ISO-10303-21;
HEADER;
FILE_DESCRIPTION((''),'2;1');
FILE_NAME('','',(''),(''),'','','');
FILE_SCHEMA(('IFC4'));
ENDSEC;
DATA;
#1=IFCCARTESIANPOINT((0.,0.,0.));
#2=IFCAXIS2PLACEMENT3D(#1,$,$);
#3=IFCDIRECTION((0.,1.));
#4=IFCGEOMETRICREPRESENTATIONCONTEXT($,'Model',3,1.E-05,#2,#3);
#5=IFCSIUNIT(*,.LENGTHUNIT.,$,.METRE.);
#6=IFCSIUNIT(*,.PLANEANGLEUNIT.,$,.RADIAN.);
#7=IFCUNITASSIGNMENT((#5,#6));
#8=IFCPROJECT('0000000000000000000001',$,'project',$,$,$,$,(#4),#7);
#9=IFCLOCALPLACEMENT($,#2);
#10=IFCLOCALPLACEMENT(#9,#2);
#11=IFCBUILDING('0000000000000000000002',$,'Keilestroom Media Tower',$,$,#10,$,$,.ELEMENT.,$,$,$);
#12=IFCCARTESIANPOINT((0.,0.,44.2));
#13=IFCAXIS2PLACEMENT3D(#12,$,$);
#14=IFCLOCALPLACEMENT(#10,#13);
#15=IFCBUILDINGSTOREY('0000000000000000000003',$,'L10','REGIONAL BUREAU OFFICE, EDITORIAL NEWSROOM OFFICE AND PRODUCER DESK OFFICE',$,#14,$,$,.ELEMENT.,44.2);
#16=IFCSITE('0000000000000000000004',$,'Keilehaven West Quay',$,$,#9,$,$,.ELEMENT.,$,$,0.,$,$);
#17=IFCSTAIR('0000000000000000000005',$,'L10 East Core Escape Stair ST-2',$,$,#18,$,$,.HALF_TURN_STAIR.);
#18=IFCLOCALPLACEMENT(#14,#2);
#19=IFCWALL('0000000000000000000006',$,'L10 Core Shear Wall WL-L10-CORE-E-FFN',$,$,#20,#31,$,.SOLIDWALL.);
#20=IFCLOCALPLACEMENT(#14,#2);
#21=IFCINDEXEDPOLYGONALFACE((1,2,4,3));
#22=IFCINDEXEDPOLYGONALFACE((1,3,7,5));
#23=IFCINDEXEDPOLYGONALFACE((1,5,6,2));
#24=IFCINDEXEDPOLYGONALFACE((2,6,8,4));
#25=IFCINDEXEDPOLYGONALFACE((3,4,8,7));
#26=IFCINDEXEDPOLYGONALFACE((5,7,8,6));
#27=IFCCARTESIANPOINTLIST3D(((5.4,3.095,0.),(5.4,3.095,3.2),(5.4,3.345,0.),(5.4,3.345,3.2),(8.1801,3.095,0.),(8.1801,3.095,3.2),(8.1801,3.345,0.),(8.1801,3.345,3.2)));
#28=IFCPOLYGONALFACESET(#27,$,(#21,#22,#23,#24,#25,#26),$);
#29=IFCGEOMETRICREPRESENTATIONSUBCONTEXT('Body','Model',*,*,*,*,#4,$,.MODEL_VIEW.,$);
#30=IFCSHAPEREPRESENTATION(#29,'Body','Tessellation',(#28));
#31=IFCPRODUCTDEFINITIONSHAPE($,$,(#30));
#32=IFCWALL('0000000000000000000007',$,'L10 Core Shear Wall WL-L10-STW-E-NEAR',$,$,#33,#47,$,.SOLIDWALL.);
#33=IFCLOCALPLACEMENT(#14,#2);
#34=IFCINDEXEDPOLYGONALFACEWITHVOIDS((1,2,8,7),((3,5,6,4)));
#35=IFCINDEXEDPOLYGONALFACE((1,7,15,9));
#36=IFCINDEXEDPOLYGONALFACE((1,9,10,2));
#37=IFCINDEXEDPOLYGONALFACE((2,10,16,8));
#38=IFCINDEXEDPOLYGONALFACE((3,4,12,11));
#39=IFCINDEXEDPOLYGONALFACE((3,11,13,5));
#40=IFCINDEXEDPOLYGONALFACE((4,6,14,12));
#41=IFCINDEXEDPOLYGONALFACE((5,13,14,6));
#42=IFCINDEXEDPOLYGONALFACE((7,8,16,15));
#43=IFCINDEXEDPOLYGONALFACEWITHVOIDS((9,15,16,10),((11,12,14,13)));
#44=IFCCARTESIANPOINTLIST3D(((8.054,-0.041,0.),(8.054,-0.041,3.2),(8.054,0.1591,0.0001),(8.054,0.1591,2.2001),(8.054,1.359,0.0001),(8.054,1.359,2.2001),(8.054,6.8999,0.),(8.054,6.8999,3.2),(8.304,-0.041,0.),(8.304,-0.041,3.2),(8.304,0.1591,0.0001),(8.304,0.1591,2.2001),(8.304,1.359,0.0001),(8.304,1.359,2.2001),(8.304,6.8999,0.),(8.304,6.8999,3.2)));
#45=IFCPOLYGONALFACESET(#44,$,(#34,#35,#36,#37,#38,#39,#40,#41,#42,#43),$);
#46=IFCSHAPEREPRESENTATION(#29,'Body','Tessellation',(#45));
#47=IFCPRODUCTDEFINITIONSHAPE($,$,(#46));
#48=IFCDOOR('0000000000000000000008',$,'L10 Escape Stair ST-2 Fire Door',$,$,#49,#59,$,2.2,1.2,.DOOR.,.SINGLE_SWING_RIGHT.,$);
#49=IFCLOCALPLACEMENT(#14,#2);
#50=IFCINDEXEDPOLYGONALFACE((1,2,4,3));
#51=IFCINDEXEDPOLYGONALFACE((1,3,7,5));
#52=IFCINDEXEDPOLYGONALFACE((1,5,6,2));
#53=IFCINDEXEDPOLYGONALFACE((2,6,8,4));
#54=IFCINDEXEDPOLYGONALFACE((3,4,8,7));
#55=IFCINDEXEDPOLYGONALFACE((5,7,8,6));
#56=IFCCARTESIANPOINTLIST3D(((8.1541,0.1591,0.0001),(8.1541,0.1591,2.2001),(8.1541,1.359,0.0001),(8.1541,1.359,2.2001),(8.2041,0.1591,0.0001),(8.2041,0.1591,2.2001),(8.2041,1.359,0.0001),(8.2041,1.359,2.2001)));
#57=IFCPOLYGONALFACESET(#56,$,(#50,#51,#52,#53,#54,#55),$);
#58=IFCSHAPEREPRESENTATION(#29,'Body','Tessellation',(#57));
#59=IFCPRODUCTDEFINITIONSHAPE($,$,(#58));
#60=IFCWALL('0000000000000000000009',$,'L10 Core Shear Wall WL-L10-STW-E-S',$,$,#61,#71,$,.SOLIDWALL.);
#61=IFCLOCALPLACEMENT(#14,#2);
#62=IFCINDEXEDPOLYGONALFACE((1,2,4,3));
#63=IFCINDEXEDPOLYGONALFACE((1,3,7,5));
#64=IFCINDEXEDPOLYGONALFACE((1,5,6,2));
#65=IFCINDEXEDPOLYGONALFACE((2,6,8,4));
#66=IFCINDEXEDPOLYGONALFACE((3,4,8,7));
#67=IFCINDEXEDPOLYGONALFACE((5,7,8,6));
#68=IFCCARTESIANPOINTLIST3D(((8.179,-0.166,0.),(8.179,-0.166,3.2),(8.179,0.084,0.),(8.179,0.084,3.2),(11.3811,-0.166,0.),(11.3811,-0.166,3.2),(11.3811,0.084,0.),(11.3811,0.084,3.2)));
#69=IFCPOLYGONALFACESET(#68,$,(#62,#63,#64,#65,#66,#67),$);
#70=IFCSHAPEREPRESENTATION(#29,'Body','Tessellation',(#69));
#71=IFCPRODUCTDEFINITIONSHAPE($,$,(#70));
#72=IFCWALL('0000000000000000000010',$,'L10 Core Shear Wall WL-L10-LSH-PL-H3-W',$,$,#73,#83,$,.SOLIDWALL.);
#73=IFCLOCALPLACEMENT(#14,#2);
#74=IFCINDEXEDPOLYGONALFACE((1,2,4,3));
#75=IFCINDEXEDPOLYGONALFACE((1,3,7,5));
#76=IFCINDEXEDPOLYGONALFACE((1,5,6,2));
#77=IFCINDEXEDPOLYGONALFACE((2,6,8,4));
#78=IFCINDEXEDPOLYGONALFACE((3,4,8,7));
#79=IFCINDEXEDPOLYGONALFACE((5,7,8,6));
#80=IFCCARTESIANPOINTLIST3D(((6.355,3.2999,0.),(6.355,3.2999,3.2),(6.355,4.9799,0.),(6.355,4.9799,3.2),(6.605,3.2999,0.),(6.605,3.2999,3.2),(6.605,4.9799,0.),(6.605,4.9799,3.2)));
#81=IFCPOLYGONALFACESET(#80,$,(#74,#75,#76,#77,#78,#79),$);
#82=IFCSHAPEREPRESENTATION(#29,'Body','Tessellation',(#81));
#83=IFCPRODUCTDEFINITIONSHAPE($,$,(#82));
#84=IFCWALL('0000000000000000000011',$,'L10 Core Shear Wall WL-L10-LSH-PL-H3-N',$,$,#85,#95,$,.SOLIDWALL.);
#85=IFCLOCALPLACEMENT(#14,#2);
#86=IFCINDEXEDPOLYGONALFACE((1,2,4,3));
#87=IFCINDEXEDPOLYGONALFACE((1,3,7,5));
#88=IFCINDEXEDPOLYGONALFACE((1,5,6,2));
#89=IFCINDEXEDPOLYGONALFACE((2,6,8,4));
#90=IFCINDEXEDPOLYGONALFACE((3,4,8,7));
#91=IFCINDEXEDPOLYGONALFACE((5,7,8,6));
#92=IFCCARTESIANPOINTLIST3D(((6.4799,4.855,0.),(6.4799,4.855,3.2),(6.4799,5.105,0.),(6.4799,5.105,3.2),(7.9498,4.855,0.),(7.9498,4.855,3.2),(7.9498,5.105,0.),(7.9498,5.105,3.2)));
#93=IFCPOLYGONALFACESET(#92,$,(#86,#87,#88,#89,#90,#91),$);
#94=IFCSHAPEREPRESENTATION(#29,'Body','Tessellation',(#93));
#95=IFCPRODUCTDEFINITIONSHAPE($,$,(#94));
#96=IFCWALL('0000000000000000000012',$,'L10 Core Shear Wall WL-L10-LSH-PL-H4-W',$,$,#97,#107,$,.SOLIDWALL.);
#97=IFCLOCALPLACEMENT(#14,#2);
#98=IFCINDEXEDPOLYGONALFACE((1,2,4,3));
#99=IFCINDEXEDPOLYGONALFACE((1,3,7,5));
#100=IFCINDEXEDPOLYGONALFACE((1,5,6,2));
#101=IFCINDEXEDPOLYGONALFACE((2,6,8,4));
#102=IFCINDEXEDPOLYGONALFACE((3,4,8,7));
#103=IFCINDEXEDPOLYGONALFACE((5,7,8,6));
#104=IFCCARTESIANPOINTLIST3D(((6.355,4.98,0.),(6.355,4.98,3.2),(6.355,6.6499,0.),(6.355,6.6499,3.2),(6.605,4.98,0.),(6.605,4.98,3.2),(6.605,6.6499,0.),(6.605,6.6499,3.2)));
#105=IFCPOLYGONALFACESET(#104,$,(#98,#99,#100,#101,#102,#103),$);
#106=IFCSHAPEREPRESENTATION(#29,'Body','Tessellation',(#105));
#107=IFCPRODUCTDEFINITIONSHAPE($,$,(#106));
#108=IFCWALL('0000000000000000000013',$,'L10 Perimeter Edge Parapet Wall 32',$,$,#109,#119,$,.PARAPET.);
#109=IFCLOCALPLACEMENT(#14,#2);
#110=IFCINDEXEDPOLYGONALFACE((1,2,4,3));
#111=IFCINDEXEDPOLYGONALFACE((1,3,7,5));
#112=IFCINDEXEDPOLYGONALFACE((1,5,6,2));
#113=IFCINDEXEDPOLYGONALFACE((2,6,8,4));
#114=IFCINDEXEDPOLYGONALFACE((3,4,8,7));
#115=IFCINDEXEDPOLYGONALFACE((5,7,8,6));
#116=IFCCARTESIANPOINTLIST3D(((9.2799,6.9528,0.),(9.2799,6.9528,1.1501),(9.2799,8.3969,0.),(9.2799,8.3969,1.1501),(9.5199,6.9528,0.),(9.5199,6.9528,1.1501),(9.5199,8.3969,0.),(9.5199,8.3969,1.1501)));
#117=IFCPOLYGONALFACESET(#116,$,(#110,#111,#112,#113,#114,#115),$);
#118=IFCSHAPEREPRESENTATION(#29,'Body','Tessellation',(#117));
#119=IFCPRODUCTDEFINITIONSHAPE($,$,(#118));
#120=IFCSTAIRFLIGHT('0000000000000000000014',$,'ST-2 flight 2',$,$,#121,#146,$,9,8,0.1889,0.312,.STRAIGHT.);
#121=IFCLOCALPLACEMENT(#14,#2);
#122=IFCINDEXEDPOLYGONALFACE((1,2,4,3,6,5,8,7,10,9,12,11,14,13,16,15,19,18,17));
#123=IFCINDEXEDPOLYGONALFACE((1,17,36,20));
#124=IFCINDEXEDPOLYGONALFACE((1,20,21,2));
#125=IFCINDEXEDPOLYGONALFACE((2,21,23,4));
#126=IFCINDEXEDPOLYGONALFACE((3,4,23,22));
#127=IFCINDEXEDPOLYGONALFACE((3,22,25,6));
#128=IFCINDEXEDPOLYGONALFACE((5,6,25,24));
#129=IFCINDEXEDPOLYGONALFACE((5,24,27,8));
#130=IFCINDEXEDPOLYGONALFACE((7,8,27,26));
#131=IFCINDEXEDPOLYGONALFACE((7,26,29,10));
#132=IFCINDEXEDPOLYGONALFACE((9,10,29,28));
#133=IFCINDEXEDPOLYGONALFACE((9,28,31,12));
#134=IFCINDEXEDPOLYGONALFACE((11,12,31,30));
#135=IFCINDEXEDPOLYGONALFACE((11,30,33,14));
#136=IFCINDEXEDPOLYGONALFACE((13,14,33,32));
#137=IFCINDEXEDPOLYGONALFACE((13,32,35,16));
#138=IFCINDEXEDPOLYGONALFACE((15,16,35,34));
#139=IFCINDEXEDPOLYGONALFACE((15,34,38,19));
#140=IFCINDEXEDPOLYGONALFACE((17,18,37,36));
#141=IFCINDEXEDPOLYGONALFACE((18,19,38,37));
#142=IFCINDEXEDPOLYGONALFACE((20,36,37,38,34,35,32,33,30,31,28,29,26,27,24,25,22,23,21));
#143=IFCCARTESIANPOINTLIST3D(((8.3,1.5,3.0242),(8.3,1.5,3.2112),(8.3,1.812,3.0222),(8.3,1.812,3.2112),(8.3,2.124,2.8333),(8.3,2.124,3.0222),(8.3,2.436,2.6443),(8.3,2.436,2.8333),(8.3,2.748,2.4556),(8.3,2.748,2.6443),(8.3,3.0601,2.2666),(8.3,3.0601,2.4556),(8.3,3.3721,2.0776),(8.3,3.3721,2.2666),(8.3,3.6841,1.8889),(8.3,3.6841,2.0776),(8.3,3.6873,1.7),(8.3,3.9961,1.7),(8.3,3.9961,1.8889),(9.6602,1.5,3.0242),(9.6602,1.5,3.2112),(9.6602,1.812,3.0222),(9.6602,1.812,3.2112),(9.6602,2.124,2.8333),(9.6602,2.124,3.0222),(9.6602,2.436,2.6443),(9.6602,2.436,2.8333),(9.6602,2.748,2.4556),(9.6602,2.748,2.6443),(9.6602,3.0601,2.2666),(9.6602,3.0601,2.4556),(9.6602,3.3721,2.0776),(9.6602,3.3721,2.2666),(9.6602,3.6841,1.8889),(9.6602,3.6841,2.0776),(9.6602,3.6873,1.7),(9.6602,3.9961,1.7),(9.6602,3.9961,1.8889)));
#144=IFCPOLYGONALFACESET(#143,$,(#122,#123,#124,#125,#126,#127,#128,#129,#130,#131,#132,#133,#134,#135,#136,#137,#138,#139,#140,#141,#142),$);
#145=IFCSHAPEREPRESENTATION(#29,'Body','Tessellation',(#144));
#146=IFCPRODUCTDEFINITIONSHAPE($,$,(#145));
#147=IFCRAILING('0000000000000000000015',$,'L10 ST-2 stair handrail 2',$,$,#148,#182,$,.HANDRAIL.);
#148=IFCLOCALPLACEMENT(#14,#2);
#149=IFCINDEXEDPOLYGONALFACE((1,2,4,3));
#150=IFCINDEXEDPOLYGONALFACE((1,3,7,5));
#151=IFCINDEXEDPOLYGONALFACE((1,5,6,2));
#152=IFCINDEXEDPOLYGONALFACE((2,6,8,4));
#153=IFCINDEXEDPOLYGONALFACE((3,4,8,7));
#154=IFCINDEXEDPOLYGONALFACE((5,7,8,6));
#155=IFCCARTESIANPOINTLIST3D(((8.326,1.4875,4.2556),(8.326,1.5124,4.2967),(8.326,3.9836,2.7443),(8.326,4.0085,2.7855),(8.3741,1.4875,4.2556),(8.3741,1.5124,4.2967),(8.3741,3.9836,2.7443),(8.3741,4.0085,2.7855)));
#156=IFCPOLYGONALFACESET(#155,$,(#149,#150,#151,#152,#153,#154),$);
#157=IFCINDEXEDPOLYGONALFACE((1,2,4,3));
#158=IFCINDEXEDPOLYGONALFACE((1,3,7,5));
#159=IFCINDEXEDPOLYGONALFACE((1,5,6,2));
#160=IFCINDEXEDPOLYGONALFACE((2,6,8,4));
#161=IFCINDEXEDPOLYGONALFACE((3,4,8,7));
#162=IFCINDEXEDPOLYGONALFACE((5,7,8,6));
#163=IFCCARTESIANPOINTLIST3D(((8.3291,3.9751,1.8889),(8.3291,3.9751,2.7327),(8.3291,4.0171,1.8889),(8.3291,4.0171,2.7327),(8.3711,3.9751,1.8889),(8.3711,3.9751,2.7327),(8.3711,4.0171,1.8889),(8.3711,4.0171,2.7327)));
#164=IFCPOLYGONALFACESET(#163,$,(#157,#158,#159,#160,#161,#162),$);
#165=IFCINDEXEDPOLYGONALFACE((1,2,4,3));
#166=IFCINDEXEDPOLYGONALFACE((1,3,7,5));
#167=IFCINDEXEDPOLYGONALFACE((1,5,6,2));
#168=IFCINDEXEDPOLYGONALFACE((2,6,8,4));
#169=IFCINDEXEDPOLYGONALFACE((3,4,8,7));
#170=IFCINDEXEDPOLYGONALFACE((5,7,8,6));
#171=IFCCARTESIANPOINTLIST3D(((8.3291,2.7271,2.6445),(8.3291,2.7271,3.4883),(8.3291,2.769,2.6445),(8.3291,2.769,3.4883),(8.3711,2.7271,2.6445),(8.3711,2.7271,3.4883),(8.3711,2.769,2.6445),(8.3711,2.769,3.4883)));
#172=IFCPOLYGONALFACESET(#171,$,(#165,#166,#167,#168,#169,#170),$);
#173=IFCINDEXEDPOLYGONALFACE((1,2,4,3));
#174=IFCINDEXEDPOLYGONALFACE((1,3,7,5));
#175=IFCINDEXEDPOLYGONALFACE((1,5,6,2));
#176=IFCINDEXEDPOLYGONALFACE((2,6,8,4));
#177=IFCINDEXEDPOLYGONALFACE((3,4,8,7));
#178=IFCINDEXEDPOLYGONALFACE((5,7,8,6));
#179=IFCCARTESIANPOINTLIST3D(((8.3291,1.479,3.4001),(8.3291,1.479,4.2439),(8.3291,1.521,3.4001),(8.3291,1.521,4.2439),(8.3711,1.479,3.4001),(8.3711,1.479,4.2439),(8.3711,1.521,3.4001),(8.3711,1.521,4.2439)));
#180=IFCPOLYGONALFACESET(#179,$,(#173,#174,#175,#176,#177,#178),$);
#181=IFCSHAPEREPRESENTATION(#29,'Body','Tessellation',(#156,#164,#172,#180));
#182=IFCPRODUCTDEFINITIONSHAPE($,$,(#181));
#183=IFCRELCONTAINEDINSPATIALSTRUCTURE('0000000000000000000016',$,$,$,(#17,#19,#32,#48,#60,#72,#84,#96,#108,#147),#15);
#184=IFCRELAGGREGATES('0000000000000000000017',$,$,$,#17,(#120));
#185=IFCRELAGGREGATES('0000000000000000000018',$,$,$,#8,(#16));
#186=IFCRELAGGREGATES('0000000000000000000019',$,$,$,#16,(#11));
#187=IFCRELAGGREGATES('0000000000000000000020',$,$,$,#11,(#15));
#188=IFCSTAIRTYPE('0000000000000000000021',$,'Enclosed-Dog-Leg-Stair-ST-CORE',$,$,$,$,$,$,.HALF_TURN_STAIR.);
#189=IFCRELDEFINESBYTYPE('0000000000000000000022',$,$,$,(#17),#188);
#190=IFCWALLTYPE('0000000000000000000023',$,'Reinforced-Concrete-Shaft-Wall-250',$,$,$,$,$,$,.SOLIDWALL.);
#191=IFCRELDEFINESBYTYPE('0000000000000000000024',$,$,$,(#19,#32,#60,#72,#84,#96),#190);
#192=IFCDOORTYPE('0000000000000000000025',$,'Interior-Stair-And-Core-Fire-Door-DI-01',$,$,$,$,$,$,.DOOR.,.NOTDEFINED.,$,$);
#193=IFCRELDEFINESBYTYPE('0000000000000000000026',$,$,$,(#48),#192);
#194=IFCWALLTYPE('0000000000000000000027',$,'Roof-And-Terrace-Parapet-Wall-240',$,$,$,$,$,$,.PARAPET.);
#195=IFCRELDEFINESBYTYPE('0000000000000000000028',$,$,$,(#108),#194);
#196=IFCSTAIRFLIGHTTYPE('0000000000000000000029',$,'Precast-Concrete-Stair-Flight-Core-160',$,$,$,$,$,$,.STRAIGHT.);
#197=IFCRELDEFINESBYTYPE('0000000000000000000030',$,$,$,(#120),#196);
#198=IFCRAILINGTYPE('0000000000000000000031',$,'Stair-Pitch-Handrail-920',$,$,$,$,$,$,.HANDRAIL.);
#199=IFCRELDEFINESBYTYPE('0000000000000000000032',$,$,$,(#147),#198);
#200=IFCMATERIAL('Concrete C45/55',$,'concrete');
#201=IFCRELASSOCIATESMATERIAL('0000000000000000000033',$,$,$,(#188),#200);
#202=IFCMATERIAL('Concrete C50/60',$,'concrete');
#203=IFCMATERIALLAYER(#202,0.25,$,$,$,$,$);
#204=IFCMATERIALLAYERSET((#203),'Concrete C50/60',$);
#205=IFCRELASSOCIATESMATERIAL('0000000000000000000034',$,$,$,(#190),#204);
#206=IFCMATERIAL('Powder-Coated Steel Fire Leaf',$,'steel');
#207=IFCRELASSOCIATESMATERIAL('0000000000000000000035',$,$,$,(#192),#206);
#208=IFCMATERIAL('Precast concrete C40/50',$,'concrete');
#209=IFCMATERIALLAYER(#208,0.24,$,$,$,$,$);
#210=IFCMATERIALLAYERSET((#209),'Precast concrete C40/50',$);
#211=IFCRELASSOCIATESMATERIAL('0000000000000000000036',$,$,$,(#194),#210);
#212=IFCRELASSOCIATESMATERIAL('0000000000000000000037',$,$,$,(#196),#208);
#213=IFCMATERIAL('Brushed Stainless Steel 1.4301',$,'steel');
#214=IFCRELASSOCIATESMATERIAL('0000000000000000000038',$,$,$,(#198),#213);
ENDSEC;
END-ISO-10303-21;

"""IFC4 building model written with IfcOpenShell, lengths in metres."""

from ifc_helpers import new_model, si_unit, direction, frame, frame_2d, origin, origin_2d, place, context, subcontext, project, spatial, polyline, rectangle, outline, extrude, source, transform, mapped, material, layer, layer_set, type_object, element, fill, aggregate, save


model = new_model("IFC4")

# Units and contexts
model_context = context("Model", 3, precision=1e-05, world=origin(), true_north=direction((0.0, 1.0)))
body_context = subcontext(model_context, "Body", "Model", "MODEL_VIEW")
ifc_project = project(units=[si_unit("LENGTHUNIT", "METRE"), si_unit("PLANEANGLEUNIT", "RADIAN")], contexts=[model_context])

# Site, building, storey
site_placement = place(None, origin())
site = spatial("IfcSite", under=ifc_project, at=site_placement, Name="Keilehaven West Quay", CompositionType="ELEMENT", RefElevation=0.0)
building_placement = place(site_placement, origin())
building = spatial("IfcBuilding", under=site, at=building_placement, Name="Keilestroom Media Tower", CompositionType="ELEMENT")
storey_placement = place(building_placement, frame((0.0, 0.0, 44.2)))
storey = spatial("IfcBuildingStorey", under=building, at=storey_placement, Name="L10", Description="REGIONAL BUREAU OFFICE, EDITORIAL NEWSROOM OFFICE AND PRODUCER DESK OFFICE", CompositionType="ELEMENT", Elevation=44.2)

# Shared definitions
ifc_material_1 = material(Name="Concrete C45/55", Category="concrete")

# Stair
stair_type = type_object("IfcStairType", Name="Enclosed-Dog-Leg-Stair-ST-CORE", PredefinedType="HALF_TURN_STAIR", material=ifc_material_1)
stair_1_placement = place(storey_placement, origin())
stair_1 = element("IfcStair", 1, at=stair_1_placement, inside=storey, type_object=stair_type, Name="L10 East Core Escape Stair ST-2", PredefinedType="HALF_TURN_STAIR")

# Wall
ifc_material_2 = material(Name="Concrete C50/60", Category="concrete")
ifc_layer_1 = layer(ifc_material_2, 0.25)
ifc_layer_set_1 = layer_set([ifc_layer_1], Name="Concrete C50/60")
wall_type_1 = type_object("IfcWallType", Name="Reinforced-Concrete-Shaft-Wall-250", PredefinedType="SOLIDWALL", material=ifc_layer_set_1)
wall_1_placement = place(storey_placement, frame((5.3999, 3.22, 0.0), z_axis=(0.0, 0.0, 1.0), x_axis=(1.0, 0.0, 0.0)))
element("IfcWall", 2, at=wall_1_placement, inside=storey, type_object=wall_type_1, Name="L10 Core Shear Wall WL-L10-CORE-E-FFN", PredefinedType="SOLIDWALL", context=body_context, shape_type="SweptSolid", body=[
    extrude(rectangle(XDim=2.78, YDim=0.25, at=frame_2d((1.3901, 0.0))), origin(), (0.0, 0.0, 1.0), 3.2),
])

# Wall, opening, door
wall_2_placement = place(storey_placement, frame((8.179, -0.041, 0.0), z_axis=(0.0, 0.0, 1.0), x_axis=(0.0, 1.0, 0.0)))
wall_2 = element("IfcWall", 3, at=wall_2_placement, inside=storey, type_object=wall_type_1, Name="L10 Core Shear Wall WL-L10-STW-E-NEAR", PredefinedType="SOLIDWALL", context=body_context, shape_type="SweptSolid", body=[
    extrude(rectangle(XDim=6.9409, YDim=0.25, at=frame_2d((3.4705, 0.0))), origin(), (0.0, 0.0, 1.0), 3.2),
])
opening_placement = place(wall_2_placement, frame((0.2, 0.0, 0.0)))
opening = element("IfcOpeningElement", 4, at=opening_placement, cuts=wall_2, PredefinedType="OPENING", context=body_context, shape_type="SweptSolid", body=[
    extrude(rectangle(XDim=1.2, YDim=2.2, at=frame_2d((0.6001, 1.1001))), frame((0.0, 0.135, 0.0), z_axis=(0.0, -1.0, 0.0), x_axis=(1.0, 0.0, 0.0)), (0.0, 0.0, 1.0), 0.27),
])
ifc_material_3 = material(Name="Powder-Coated Steel Fire Leaf", Category="steel")
door_type = type_object("IfcDoorType", Name="Interior-Stair-And-Core-Fire-Door-DI-01", OperationType="NOTDEFINED", PredefinedType="DOOR", material=ifc_material_3)
shared_shape_1 = source(origin(), body_context, "Body", "SweptSolid", [
    extrude(rectangle(XDim=1.2, YDim=2.2, at=frame_2d((0.6001, 1.1001))), frame((0.0, 0.0249, 0.0), z_axis=(0.0, -1.0, 0.0), x_axis=(1.0, 0.0, 0.0)), (0.0, 0.0, 1.0), 0.05),
])
door_placement = place(opening_placement, origin())
door = element("IfcDoor", 5, at=door_placement, inside=storey, type_object=door_type, Name="L10 Escape Stair ST-2 Fire Door", OperationType="SINGLE_SWING_RIGHT", OverallHeight=2.2, OverallWidth=1.2, PredefinedType="DOOR", context=body_context, shape_type="MappedRepresentation", body=[
    mapped(shared_shape_1, transform((0.0, 0.0, 0.0), x_axis=(1.0, 0.0, 0.0), y_axis=(0.0, 1.0, 0.0), z_axis=(0.0, 0.0, 1.0), scale=1.0)),
])
fill(opening, door)

# Walls
wall_3_placement = place(storey_placement, frame((8.179, -0.041, 0.0), z_axis=(0.0, 0.0, 1.0), x_axis=(1.0, 0.0, 0.0)))
element("IfcWall", 6, at=wall_3_placement, inside=storey, type_object=wall_type_1, Name="L10 Core Shear Wall WL-L10-STW-E-S", PredefinedType="SOLIDWALL", context=body_context, shape_type="SweptSolid", body=[
    extrude(rectangle(XDim=3.2021, YDim=0.25, at=frame_2d((1.6011, 0.0))), origin(), (0.0, 0.0, 1.0), 3.2),
])
wall_4_placement = place(storey_placement, frame((6.48, 3.3, 0.0), z_axis=(0.0, 0.0, 1.0), x_axis=(0.0, 1.0, 0.0)))
element("IfcWall", 7, at=wall_4_placement, inside=storey, type_object=wall_type_1, Name="L10 Core Shear Wall WL-L10-LSH-PL-H3-W", PredefinedType="SOLIDWALL", context=body_context, shape_type="SweptSolid", body=[
    extrude(rectangle(XDim=1.6799, YDim=0.25, at=frame_2d((0.8398, 0.0))), origin(), (0.0, 0.0, 1.0), 3.2),
])
wall_5_placement = place(storey_placement, frame((6.48, 4.98, 0.0), z_axis=(0.0, 0.0, 1.0), x_axis=(1.0, 0.0, 0.0)))
element("IfcWall", 8, at=wall_5_placement, inside=storey, type_object=wall_type_1, Name="L10 Core Shear Wall WL-L10-LSH-PL-H3-N", PredefinedType="SOLIDWALL", context=body_context, shape_type="SweptSolid", body=[
    extrude(rectangle(XDim=1.47, YDim=0.25, at=frame_2d((0.7349, 0.0))), origin(), (0.0, 0.0, 1.0), 3.2),
])
wall_6_placement = place(storey_placement, frame((6.48, 4.98, 0.0), z_axis=(0.0, 0.0, 1.0), x_axis=(0.0, 1.0, 0.0)))
element("IfcWall", 9, at=wall_6_placement, inside=storey, type_object=wall_type_1, Name="L10 Core Shear Wall WL-L10-LSH-PL-H4-W", PredefinedType="SOLIDWALL", context=body_context, shape_type="SweptSolid", body=[
    extrude(rectangle(XDim=1.6699, YDim=0.25, at=frame_2d((0.835, 0.0))), origin(), (0.0, 0.0, 1.0), 3.2),
])
ifc_material_4 = material(Name="Precast concrete C40/50", Category="concrete")
ifc_layer_2 = layer(ifc_material_4, 0.24)
ifc_layer_set_2 = layer_set([ifc_layer_2], Name="Precast concrete C40/50")
wall_type_2 = type_object("IfcWallType", Name="Roof-And-Terrace-Parapet-Wall-240", PredefinedType="PARAPET", material=ifc_layer_set_2)
wall_7_placement = place(storey_placement, frame((9.3999, 8.397, 0.0), z_axis=(0.0, 0.0, 1.0), x_axis=(0.0, -1.0, 0.0)))
element("IfcWall", 10, at=wall_7_placement, inside=storey, type_object=wall_type_2, Name="L10 Perimeter Edge Parapet Wall 32", PredefinedType="PARAPET", context=body_context, shape_type="SweptSolid", body=[
    extrude(rectangle(XDim=1.4441, YDim=0.24, at=frame_2d((0.7222, 0.0))), origin(), (0.0, 0.0, 1.0), 1.1501),
])

# Stair flight
stair_flight_type = type_object("IfcStairFlightType", Name="Precast-Concrete-Stair-Flight-Core-160", PredefinedType="STRAIGHT", material=ifc_material_4)
stair_flight_placement = place(storey_placement, frame((8.98, 3.9961, 1.7), z_axis=(0.0, 0.0, 1.0), x_axis=(0.0, -1.0, 0.0)))
stair_flight = element("IfcStairFlight", 11, at=stair_flight_placement, type_object=stair_flight_type, Name="ST-2 flight 2", NumberOfRisers=9, NumberOfTreads=8, PredefinedType="STRAIGHT", RiserHeight=0.1889, TreadLength=0.312, context=body_context, shape_type="SweptSolid", body=[
    extrude(outline(polyline([(0.0, 0.0), (0.0, 0.189), (0.312, 0.189), (0.312, 0.3777), (0.624, 0.3777), (0.624, 0.5667), (0.936, 0.5667), (0.936, 0.7556), (1.248, 0.7556), (1.248, 0.9443), (1.5601, 0.9443), (1.5601, 1.1333), (1.8721, 1.1333), (1.8721, 1.3223), (2.1841, 1.3223), (2.1841, 1.5112), (2.4961, 1.5112), (2.4961, 1.7), (2.4961, 1.3242), (0.3088, 0.0), (0.0, 0.0)])), frame((0.0, 0.6802, 0.0), z_axis=(0.0, -1.0, 0.0), x_axis=(1.0, 0.0, 0.0)), (0.0, 0.0, 1.0), 1.3601),
])
aggregate(stair_1, [stair_flight])

# Railing
ifc_material_5 = material(Name="Brushed Stainless Steel 1.4301", Category="steel")
railing_type_1 = type_object("IfcRailingType", Name="Stair-Pitch-Handrail-920", PredefinedType="HANDRAIL", material=ifc_material_5)
railing_1_placement = place(storey_placement, frame((8.3501, 3.9961, 1.8889)))
element("IfcRailing", 12, at=railing_1_placement, inside=storey, type_object=railing_type_1, Name="L10 ST-2 stair handrail 2", PredefinedType="HANDRAIL", context=body_context, shape_type="SweptSolid", body=[
    extrude(rectangle(XDim=0.0481, YDim=0.0481, at=origin_2d()), frame((0.0, 0.0, 0.876), z_axis=(0.0, -0.855434, 0.517912), x_axis=(1.0, 0.0, 0.0)), (0.0, 0.0, 1.0), 2.918),
    extrude(rectangle(XDim=0.042, YDim=0.042, at=origin_2d()), origin(), (0.0, 0.0, 1.0), 0.8438),
    extrude(rectangle(XDim=0.042, YDim=0.042, at=origin_2d()), frame((0.0, -1.248, 0.7556)), (0.0, 0.0, 1.0), 0.8438),
    extrude(rectangle(XDim=0.042, YDim=0.042, at=origin_2d()), frame((0.0, -2.4961, 1.5112)), (0.0, 0.0, 1.0), 0.8438),
])

save(model, "model.ifc")
